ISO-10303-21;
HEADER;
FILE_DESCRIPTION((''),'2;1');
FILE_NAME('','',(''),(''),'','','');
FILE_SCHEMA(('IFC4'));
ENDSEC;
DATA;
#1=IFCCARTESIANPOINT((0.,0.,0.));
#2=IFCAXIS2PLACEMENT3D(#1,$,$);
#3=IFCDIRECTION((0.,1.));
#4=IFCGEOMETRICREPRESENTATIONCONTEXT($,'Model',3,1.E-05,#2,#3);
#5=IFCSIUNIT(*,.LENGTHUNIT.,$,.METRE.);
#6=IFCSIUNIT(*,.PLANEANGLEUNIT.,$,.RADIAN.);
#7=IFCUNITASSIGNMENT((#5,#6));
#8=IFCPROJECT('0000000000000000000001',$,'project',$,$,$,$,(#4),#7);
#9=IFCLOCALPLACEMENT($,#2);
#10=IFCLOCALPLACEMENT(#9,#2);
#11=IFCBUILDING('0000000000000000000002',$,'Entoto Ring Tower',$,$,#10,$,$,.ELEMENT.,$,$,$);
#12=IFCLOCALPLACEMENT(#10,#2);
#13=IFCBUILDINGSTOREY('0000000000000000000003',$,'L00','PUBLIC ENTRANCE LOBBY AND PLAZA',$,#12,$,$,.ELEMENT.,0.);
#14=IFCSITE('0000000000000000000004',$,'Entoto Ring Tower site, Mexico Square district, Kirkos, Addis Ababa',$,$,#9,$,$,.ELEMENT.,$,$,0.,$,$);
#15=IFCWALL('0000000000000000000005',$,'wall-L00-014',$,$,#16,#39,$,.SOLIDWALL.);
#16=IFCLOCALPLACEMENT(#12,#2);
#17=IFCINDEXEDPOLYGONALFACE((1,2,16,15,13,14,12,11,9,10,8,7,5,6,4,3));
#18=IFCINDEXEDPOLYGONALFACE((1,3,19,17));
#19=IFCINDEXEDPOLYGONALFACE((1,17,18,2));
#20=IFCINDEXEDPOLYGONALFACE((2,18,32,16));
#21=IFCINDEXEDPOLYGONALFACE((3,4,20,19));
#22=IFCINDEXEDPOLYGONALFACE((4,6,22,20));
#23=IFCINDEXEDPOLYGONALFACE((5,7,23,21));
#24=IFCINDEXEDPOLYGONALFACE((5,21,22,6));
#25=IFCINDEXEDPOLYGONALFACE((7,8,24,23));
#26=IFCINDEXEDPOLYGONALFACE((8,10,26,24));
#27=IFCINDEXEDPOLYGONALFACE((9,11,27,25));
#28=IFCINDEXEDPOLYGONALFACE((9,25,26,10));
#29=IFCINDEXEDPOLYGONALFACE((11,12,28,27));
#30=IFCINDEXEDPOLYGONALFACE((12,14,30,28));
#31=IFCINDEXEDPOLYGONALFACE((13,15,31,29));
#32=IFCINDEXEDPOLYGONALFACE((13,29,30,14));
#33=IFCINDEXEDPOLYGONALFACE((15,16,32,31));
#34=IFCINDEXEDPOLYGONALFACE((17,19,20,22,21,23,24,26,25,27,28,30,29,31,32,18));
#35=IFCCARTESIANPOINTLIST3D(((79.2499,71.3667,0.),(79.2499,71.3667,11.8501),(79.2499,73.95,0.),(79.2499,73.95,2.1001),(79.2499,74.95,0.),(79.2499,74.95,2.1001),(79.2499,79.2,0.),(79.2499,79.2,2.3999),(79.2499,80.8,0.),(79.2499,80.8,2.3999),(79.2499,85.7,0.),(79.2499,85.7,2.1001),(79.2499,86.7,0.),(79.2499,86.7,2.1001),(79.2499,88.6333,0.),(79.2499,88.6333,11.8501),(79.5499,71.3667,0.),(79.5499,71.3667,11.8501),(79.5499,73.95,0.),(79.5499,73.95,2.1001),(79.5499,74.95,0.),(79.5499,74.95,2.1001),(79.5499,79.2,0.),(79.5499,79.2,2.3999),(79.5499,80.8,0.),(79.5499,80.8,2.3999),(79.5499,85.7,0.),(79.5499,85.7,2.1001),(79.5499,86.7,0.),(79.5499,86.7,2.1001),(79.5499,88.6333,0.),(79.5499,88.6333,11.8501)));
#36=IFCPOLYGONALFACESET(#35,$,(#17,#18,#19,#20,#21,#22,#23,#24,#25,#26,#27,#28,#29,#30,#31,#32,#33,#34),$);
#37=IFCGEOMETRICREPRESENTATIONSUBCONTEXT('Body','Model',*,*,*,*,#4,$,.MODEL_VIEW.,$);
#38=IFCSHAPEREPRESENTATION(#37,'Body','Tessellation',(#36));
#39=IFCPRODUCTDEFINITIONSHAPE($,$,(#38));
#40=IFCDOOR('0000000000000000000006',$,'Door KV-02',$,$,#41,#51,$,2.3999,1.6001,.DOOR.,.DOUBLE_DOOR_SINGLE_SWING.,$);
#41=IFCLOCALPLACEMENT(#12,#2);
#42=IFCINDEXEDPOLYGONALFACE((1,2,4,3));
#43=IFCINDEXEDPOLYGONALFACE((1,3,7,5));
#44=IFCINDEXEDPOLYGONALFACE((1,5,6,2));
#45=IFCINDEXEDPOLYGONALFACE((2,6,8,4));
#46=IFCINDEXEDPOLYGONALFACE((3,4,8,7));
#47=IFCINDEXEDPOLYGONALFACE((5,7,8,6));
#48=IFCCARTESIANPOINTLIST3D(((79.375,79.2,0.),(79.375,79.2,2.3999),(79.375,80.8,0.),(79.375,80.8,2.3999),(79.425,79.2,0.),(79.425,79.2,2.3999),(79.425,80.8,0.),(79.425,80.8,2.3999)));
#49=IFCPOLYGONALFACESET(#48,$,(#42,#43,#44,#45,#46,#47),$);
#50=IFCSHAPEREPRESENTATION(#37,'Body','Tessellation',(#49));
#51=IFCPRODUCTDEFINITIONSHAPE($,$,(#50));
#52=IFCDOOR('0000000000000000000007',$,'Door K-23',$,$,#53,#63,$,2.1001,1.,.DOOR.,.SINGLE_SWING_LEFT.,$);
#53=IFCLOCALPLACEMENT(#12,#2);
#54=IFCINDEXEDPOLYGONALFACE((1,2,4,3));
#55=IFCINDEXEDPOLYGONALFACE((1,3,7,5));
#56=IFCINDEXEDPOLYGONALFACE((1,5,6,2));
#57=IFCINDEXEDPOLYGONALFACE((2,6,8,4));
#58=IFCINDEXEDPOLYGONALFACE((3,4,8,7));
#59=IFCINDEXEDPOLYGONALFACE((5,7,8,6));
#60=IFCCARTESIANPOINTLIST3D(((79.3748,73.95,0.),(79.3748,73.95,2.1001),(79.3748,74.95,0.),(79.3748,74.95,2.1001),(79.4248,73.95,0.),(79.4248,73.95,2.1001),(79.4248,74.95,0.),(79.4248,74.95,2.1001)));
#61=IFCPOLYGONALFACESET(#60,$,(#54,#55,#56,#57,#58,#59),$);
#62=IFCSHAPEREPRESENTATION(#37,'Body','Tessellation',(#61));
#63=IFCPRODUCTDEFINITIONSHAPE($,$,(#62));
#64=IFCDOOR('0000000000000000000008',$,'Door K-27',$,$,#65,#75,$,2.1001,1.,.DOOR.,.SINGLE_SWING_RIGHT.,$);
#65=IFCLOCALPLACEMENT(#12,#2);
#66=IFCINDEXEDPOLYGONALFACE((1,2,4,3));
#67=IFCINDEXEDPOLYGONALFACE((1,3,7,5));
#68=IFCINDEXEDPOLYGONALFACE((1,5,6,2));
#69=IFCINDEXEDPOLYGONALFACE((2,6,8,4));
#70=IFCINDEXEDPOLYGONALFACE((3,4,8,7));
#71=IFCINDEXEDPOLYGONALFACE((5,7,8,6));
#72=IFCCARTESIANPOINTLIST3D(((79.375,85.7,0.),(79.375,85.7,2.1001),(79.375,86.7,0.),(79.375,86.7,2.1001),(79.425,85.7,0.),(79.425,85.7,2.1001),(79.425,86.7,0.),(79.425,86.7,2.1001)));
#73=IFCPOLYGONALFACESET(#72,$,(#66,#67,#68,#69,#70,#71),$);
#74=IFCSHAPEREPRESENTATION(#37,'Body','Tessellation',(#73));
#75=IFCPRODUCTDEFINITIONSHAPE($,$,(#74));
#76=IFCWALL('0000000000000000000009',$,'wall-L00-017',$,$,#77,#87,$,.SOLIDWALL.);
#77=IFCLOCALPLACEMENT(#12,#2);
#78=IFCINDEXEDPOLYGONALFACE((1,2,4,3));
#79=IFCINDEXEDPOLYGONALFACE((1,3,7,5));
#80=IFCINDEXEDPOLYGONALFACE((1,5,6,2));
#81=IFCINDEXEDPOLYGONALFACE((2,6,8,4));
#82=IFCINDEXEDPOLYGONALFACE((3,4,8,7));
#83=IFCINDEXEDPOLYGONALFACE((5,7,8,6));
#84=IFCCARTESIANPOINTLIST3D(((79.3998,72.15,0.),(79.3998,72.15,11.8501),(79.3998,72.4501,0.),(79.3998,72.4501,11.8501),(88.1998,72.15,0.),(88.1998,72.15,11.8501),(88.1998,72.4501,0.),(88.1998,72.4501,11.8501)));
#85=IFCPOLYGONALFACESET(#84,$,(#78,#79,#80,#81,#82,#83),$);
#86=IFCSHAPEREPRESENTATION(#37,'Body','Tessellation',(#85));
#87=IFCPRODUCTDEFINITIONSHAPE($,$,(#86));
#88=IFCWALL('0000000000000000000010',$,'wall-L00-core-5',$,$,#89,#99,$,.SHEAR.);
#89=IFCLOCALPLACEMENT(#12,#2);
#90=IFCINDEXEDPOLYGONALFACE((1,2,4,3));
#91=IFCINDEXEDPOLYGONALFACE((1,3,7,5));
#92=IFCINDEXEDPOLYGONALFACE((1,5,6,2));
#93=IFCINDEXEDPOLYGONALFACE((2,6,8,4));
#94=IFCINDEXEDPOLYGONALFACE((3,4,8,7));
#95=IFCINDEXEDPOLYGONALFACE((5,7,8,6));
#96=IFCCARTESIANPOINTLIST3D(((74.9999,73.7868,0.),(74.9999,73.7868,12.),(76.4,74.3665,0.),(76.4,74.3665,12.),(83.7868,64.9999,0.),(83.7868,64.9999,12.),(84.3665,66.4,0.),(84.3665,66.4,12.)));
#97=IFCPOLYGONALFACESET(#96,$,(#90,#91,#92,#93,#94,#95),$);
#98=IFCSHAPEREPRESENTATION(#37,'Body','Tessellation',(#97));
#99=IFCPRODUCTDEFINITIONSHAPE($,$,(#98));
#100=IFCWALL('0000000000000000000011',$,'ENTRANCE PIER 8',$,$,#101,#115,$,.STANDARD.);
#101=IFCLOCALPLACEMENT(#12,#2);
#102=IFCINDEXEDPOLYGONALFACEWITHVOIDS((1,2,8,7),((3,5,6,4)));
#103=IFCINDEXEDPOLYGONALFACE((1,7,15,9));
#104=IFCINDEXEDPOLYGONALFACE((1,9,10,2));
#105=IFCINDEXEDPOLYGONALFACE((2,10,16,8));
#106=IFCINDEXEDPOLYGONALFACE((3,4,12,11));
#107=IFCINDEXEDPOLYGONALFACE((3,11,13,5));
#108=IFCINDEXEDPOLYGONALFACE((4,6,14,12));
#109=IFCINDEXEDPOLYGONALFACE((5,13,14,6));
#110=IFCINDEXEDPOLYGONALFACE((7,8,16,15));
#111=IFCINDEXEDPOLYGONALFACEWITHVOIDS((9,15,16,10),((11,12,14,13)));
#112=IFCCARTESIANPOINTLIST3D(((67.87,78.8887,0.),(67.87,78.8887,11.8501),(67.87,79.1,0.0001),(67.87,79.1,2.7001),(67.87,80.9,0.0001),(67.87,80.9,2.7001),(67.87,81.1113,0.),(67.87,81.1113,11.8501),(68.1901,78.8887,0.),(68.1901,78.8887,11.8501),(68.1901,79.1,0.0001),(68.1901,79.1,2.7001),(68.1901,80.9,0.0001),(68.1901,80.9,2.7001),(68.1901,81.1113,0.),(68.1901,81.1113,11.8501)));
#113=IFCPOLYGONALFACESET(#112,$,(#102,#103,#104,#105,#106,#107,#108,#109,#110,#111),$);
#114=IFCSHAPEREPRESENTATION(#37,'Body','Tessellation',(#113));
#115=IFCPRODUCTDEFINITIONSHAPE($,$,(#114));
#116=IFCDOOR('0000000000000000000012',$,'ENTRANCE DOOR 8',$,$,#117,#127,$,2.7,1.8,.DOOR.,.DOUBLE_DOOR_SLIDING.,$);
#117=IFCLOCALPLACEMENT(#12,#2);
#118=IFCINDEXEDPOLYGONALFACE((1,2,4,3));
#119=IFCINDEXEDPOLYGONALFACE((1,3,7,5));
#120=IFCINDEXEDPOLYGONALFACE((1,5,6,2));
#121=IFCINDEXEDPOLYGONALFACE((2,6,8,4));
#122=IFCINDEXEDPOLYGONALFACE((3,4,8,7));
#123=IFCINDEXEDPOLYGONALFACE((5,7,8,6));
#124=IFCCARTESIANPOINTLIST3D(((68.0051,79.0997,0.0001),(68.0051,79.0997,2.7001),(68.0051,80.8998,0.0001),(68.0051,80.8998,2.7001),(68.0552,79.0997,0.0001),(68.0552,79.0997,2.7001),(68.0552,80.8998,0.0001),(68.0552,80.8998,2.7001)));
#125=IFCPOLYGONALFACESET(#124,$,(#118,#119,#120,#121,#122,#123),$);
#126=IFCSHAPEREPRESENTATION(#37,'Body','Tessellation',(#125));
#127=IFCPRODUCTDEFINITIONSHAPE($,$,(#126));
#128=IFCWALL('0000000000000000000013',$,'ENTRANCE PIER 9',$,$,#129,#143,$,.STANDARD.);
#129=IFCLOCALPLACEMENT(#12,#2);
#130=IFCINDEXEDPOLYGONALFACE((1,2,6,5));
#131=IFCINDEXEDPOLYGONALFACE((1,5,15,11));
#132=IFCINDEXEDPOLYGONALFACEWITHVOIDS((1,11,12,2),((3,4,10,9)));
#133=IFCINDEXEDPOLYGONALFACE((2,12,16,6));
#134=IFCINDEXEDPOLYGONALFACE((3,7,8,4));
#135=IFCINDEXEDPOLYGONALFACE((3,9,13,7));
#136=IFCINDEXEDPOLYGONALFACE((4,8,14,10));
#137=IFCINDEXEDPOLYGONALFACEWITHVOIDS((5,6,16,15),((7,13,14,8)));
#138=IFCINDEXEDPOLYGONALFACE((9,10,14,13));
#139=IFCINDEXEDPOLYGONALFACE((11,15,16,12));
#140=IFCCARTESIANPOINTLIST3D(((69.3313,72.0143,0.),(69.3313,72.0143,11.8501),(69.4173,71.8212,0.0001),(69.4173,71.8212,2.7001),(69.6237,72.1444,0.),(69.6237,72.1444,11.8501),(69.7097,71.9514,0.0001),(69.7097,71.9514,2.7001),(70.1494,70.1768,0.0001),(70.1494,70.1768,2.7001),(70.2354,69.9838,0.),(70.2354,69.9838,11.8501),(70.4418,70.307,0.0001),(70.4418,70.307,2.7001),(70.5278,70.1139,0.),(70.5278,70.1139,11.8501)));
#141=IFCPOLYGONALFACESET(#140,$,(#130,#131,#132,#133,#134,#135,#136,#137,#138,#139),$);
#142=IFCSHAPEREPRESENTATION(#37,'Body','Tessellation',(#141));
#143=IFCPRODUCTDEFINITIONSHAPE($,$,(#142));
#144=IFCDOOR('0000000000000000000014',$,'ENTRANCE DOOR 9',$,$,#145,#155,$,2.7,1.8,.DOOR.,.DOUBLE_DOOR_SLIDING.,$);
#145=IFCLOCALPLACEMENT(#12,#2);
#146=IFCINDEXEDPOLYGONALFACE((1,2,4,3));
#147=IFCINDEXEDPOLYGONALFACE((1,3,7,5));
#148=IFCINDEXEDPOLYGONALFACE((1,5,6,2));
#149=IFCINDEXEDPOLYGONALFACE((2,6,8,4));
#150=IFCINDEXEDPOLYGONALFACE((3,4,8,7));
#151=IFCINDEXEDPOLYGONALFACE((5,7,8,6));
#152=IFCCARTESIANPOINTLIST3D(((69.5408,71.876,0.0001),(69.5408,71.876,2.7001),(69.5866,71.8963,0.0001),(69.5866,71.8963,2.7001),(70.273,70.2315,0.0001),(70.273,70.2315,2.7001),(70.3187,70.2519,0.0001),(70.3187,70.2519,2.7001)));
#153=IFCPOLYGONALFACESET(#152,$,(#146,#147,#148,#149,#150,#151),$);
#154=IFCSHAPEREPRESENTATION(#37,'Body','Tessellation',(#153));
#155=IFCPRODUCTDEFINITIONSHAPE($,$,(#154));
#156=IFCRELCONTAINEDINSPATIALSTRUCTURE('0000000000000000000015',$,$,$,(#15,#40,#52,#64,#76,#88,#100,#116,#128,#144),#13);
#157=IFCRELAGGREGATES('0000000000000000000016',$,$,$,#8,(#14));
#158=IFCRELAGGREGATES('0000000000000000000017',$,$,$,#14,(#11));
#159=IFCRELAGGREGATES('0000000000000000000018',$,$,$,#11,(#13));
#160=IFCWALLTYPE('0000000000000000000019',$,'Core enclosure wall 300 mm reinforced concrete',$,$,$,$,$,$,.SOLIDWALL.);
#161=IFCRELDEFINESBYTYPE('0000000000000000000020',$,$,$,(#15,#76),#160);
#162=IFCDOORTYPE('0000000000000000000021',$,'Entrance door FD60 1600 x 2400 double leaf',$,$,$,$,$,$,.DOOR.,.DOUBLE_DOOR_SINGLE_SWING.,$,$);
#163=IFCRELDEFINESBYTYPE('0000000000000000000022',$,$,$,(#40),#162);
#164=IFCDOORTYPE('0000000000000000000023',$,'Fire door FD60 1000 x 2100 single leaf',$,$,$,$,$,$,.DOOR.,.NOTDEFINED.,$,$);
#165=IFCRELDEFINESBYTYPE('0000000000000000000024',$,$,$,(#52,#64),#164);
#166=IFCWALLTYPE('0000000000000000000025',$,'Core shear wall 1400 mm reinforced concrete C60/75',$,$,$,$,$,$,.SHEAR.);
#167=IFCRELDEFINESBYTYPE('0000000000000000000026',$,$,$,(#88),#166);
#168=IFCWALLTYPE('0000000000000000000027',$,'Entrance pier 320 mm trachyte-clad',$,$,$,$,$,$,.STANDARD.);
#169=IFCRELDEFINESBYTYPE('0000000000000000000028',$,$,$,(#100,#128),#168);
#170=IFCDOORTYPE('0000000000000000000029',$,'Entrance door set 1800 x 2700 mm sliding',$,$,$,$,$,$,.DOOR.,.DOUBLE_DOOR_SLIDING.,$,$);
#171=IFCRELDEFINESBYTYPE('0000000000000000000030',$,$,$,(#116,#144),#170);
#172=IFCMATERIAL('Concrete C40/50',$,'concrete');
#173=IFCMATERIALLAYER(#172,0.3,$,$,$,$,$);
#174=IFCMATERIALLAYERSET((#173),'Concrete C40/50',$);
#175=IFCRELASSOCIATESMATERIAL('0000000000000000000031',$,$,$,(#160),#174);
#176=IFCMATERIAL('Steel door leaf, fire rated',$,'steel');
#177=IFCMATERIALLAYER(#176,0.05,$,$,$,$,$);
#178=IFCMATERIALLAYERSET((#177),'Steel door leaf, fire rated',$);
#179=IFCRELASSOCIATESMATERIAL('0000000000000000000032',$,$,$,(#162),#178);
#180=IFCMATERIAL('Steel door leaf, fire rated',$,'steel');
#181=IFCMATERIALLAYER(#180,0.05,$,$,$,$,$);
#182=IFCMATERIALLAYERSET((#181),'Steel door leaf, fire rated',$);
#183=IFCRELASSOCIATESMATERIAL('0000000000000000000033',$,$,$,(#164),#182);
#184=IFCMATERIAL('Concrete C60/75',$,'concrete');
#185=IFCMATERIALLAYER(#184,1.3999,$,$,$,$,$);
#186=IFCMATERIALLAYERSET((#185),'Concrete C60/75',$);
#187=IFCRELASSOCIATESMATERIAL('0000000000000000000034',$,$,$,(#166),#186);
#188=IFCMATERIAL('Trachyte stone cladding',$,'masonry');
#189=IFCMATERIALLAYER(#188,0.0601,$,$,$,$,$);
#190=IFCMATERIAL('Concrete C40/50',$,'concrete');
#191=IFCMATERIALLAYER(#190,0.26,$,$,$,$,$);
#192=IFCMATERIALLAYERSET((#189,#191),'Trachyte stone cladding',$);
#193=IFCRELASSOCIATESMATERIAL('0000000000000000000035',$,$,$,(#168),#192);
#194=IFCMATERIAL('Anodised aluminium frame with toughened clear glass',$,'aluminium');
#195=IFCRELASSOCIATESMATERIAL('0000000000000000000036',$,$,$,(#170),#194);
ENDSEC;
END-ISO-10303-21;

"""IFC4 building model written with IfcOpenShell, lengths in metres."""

from ifc_helpers import new_model, si_unit, direction, frame, frame_2d, origin, place, context, subcontext, project, spatial, polyline, rectangle, outline, extrude, material, layer, layer_set, type_object, element, fill, save


model = new_model("IFC4")

# Units and contexts
model_context = context("Model", 3, precision=1e-05, world=origin(), true_north=direction((0.0, 1.0)))
body_context = subcontext(model_context, "Body", "Model", "MODEL_VIEW")
ifc_project = project(units=[si_unit("LENGTHUNIT", "METRE"), si_unit("PLANEANGLEUNIT", "RADIAN")], contexts=[model_context])

# Site, building, storey
site_placement = place(None, origin())
site = spatial("IfcSite", under=ifc_project, at=site_placement, Name="Entoto Ring Tower site, Mexico Square district, Kirkos, Addis Ababa", CompositionType="ELEMENT", RefElevation=0.0)
building_placement = place(site_placement, origin())
building = spatial("IfcBuilding", under=site, at=building_placement, Name="Entoto Ring Tower", CompositionType="ELEMENT")
storey_placement = place(building_placement, origin())
storey = spatial("IfcBuildingStorey", under=building, at=storey_placement, Name="L00", Description="PUBLIC ENTRANCE LOBBY AND PLAZA", CompositionType="ELEMENT", Elevation=0.0)

# Wall, openings, doors
ifc_material_1 = material(Name="Concrete C40/50", Category="concrete")
ifc_layer_1 = layer(ifc_material_1, 0.3)
ifc_layer_set_1 = layer_set([ifc_layer_1], Name="Concrete C40/50")
wall_type_1 = type_object("IfcWallType", Name="Core enclosure wall 300 mm reinforced concrete", PredefinedType="SOLIDWALL", material=ifc_layer_set_1)
wall_1_placement = place(storey_placement, frame((79.3999, 71.3667, 0.0), z_axis=(0.0, 0.0, 1.0), x_axis=(0.0, 1.0, 0.0)))
wall_1 = element("IfcWall", 1, at=wall_1_placement, inside=storey, type_object=wall_type_1, Name="wall-L00-014", PredefinedType="SOLIDWALL", context=body_context, shape_type="SweptSolid", body=[
    extrude(rectangle(XDim=17.2666, YDim=0.3, at=frame_2d((8.6333, 0.0))), origin(), (0.0, 0.0, 1.0), 11.8501),
])
opening_1_placement = place(wall_1_placement, frame((2.5833, 0.0, 0.0)))
opening_1 = element("IfcOpeningElement", 2, at=opening_1_placement, cuts=wall_1, PredefinedType="OPENING", context=body_context, shape_type="SweptSolid", body=[
    extrude(rectangle(XDim=1.0, YDim=2.1001, at=frame_2d((0.5, 1.05))), frame((0.0, 0.1602, 0.0), z_axis=(0.0, -1.0, 0.0), x_axis=(1.0, 0.0, 0.0)), (0.0, 0.0, 1.0), 0.3201),
])
opening_2_placement = place(wall_1_placement, frame((14.3333, 0.0, 0.0)))
opening_2 = element("IfcOpeningElement", 3, at=opening_2_placement, cuts=wall_1, PredefinedType="OPENING", context=body_context, shape_type="SweptSolid", body=[
    extrude(rectangle(XDim=1.0, YDim=2.1001, at=frame_2d((0.5, 1.05))), frame((0.0, 0.1602, 0.0), z_axis=(0.0, -1.0, 0.0), x_axis=(1.0, 0.0, 0.0)), (0.0, 0.0, 1.0), 0.3201),
])
opening_3_placement = place(wall_1_placement, frame((7.8333, 0.0, 0.0)))
opening_3 = element("IfcOpeningElement", 4, at=opening_3_placement, cuts=wall_1, PredefinedType="OPENING", context=body_context, shape_type="SweptSolid", body=[
    extrude(rectangle(XDim=1.6001, YDim=2.3999, at=frame_2d((0.8, 1.2))), frame((0.0, 0.1602, 0.0), z_axis=(0.0, -1.0, 0.0), x_axis=(1.0, 0.0, 0.0)), (0.0, 0.0, 1.0), 0.3201),
])
ifc_material_2 = material(Name="Steel door leaf, fire rated", Category="steel")
ifc_layer_2 = layer(ifc_material_2, 0.05)
ifc_layer_set_2 = layer_set([ifc_layer_2], Name="Steel door leaf, fire rated")
door_type_1 = type_object("IfcDoorType", Name="Entrance door FD60 1600 x 2400 double leaf", OperationType="DOUBLE_DOOR_SINGLE_SWING", PredefinedType="DOOR", material=ifc_layer_set_2)
door_1_placement = place(opening_3_placement, origin())
door_1 = element("IfcDoor", 5, at=door_1_placement, inside=storey, type_object=door_type_1, Name="Door KV-02", OperationType="DOUBLE_DOOR_SINGLE_SWING", OverallHeight=2.3999, OverallWidth=1.6001, PredefinedType="DOOR", context=body_context, shape_type="SweptSolid", body=[
    extrude(rectangle(XDim=1.6001, YDim=2.3999, at=frame_2d((0.8, 1.2))), frame((0.0, 0.0249, 0.0), z_axis=(0.0, -1.0, 0.0), x_axis=(1.0, 0.0, 0.0)), (0.0, 0.0, 1.0), 0.05),
])
fill(opening_3, door_1)
ifc_material_3 = material(Name="Steel door leaf, fire rated", Category="steel")
ifc_layer_3 = layer(ifc_material_3, 0.05)
ifc_layer_set_3 = layer_set([ifc_layer_3], Name="Steel door leaf, fire rated")
door_type_2 = type_object("IfcDoorType", Name="Fire door FD60 1000 x 2100 single leaf", OperationType="NOTDEFINED", PredefinedType="DOOR", material=ifc_layer_set_3)
door_2_placement = place(opening_1_placement, frame((1.0, 0.0, 0.0), z_axis=(0.0, 0.0, 1.0), x_axis=(-1.0, 0.0, 0.0)))
door_2 = element("IfcDoor", 6, at=door_2_placement, inside=storey, type_object=door_type_2, Name="Door K-23", OperationType="SINGLE_SWING_LEFT", OverallHeight=2.1001, OverallWidth=1.0, PredefinedType="DOOR", context=body_context, shape_type="SweptSolid", body=[
    extrude(rectangle(XDim=1.0, YDim=2.1001, at=frame_2d((0.5, 1.05))), frame((0.0, 0.0249, 0.0), z_axis=(0.0, -1.0, 0.0), x_axis=(1.0, 0.0, 0.0)), (0.0, 0.0, 1.0), 0.05),
])
fill(opening_1, door_2)
door_3_placement = place(opening_2_placement, origin())
door_3 = element("IfcDoor", 7, at=door_3_placement, inside=storey, type_object=door_type_2, Name="Door K-27", OperationType="SINGLE_SWING_RIGHT", OverallHeight=2.1001, OverallWidth=1.0, PredefinedType="DOOR", context=body_context, shape_type="SweptSolid", body=[
    extrude(rectangle(XDim=1.0, YDim=2.1001, at=frame_2d((0.5, 1.05))), frame((0.0, 0.0249, 0.0), z_axis=(0.0, -1.0, 0.0), x_axis=(1.0, 0.0, 0.0)), (0.0, 0.0, 1.0), 0.05),
])
fill(opening_2, door_3)

# Walls
wall_2_placement = place(storey_placement, frame((79.3999, 72.3, 0.0), z_axis=(0.0, 0.0, 1.0), x_axis=(1.0, 0.0, 0.0)))
element("IfcWall", 8, at=wall_2_placement, inside=storey, type_object=wall_type_1, Name="wall-L00-017", PredefinedType="SOLIDWALL", context=body_context, shape_type="SweptSolid", body=[
    extrude(rectangle(XDim=8.8, YDim=0.3, at=frame_2d((4.3999, 0.0))), origin(), (0.0, 0.0, 1.0), 11.8501),
])
ifc_material_4 = material(Name="Concrete C60/75", Category="concrete")
ifc_layer_4 = layer(ifc_material_4, 1.3999)
ifc_layer_set_4 = layer_set([ifc_layer_4], Name="Concrete C60/75")
wall_type_2 = type_object("IfcWallType", Name="Core shear wall 1400 mm reinforced concrete C60/75", PredefinedType="SHEAR", material=ifc_layer_set_4)
wall_3_placement = place(storey_placement, frame((75.7, 74.0767, 0.0), z_axis=(0.0, 0.0, 1.0), x_axis=(0.707107, -0.707107, 0.0)))
element("IfcWall", 9, at=wall_3_placement, inside=storey, type_object=wall_type_2, Name="wall-L00-core-5", PredefinedType="SHEAR", context=body_context, shape_type="SweptSolid", body=[
    extrude(outline(polyline([(-0.29, -0.7), (12.1365, -0.7), (11.5564, 0.7), (0.29, 0.7), (-0.29, -0.7)])), origin(), (0.0, 0.0, 1.0), 12.0),
])

# Walls, openings, doors
ifc_material_5 = material(Name="Trachyte stone cladding", Category="masonry")
ifc_layer_5 = layer(ifc_material_5, 0.0601)
ifc_material_6 = material(Name="Concrete C40/50", Category="concrete")
ifc_layer_6 = layer(ifc_material_6, 0.26)
ifc_layer_set_5 = layer_set([ifc_layer_5, ifc_layer_6], Name="Trachyte stone cladding")
wall_type_3 = type_object("IfcWallType", Name="Entrance pier 320 mm trachyte-clad", PredefinedType="STANDARD", material=ifc_layer_set_5)
wall_4_placement = place(storey_placement, frame((68.03, 81.1113, 0.0), z_axis=(0.0, 0.0, 1.0), x_axis=(0.0, -1.0, 0.0)))
wall_4 = element("IfcWall", 10, at=wall_4_placement, inside=storey, type_object=wall_type_3, Name="ENTRANCE PIER 8", PredefinedType="STANDARD", context=body_context, shape_type="SweptSolid", body=[
    extrude(rectangle(XDim=2.2227, YDim=0.3201, at=frame_2d((1.1113, 0.0))), origin(), (0.0, 0.0, 1.0), 11.8501),
])
opening_4_placement = place(wall_4_placement, frame((0.2114, 0.0, 0.0)))
opening_4 = element("IfcOpeningElement", 11, at=opening_4_placement, cuts=wall_4, PredefinedType="OPENING", context=body_context, shape_type="SweptSolid", body=[
    extrude(rectangle(XDim=1.8, YDim=2.7, at=frame_2d((0.8999, 1.3501))), frame((0.0, 0.1699, 0.0), z_axis=(0.0, -1.0, 0.0), x_axis=(1.0, 0.0, 0.0)), (0.0, 0.0, 1.0), 0.3401),
])
ifc_material_7 = material(Name="Anodised aluminium frame with toughened clear glass", Category="aluminium")
door_type_3 = type_object("IfcDoorType", Name="Entrance door set 1800 x 2700 mm sliding", OperationType="DOUBLE_DOOR_SLIDING", PredefinedType="DOOR", material=ifc_material_7)
door_4_placement = place(opening_4_placement, frame((1.8, 0.0, 0.0), z_axis=(0.0, 0.0, 1.0), x_axis=(-1.0, 0.0, 0.0)))
door_4 = element("IfcDoor", 12, at=door_4_placement, inside=storey, type_object=door_type_3, Name="ENTRANCE DOOR 8", OperationType="DOUBLE_DOOR_SLIDING", OverallHeight=2.7, OverallWidth=1.8, PredefinedType="DOOR", context=body_context, shape_type="SweptSolid", body=[
    extrude(rectangle(XDim=1.8, YDim=2.7, at=frame_2d((0.8999, 1.3501))), frame((0.0, 0.0249, 0.0), z_axis=(0.0, -1.0, 0.0), x_axis=(1.0, 0.0, 0.0)), (0.0, 0.0, 1.0), 0.05),
])
fill(opening_4, door_4)
wall_5_placement = place(storey_placement, frame((69.4775, 72.0793, 0.0), z_axis=(0.0, 0.0, 1.0), x_axis=(0.40674, -0.913544, 0.0)))
wall_5 = element("IfcWall", 13, at=wall_5_placement, inside=storey, type_object=wall_type_3, Name="ENTRANCE PIER 9", PredefinedType="STANDARD", context=body_context, shape_type="SweptSolid", body=[
    extrude(rectangle(XDim=2.2227, YDim=0.3201, at=frame_2d((1.1113, 0.0))), origin(), (0.0, 0.0, 1.0), 11.8501),
])
opening_5_placement = place(wall_5_placement, frame((0.2114, 0.0, 0.0)))
opening_5 = element("IfcOpeningElement", 14, at=opening_5_placement, cuts=wall_5, PredefinedType="OPENING", context=body_context, shape_type="SweptSolid", body=[
    extrude(rectangle(XDim=1.8, YDim=2.7, at=frame_2d((0.8999, 1.3501))), frame((0.0, 0.1699, 0.0), z_axis=(0.0, -1.0, 0.0), x_axis=(1.0, 0.0, 0.0)), (0.0, 0.0, 1.0), 0.3401),
])
door_5_placement = place(opening_5_placement, frame((1.8, 0.0, 0.0), z_axis=(0.0, 0.0, 1.0), x_axis=(-1.0, 0.0, 0.0)))
door_5 = element("IfcDoor", 15, at=door_5_placement, inside=storey, type_object=door_type_3, Name="ENTRANCE DOOR 9", OperationType="DOUBLE_DOOR_SLIDING", OverallHeight=2.7, OverallWidth=1.8, PredefinedType="DOOR", context=body_context, shape_type="SweptSolid", body=[
    extrude(rectangle(XDim=1.8, YDim=2.7, at=frame_2d((0.8999, 1.3501))), frame((0.0, 0.0249, 0.0), z_axis=(0.0, -1.0, 0.0), x_axis=(1.0, 0.0, 0.0)), (0.0, 0.0, 1.0), 0.05),
])
fill(opening_5, door_5)

save(model, "model.ifc")
